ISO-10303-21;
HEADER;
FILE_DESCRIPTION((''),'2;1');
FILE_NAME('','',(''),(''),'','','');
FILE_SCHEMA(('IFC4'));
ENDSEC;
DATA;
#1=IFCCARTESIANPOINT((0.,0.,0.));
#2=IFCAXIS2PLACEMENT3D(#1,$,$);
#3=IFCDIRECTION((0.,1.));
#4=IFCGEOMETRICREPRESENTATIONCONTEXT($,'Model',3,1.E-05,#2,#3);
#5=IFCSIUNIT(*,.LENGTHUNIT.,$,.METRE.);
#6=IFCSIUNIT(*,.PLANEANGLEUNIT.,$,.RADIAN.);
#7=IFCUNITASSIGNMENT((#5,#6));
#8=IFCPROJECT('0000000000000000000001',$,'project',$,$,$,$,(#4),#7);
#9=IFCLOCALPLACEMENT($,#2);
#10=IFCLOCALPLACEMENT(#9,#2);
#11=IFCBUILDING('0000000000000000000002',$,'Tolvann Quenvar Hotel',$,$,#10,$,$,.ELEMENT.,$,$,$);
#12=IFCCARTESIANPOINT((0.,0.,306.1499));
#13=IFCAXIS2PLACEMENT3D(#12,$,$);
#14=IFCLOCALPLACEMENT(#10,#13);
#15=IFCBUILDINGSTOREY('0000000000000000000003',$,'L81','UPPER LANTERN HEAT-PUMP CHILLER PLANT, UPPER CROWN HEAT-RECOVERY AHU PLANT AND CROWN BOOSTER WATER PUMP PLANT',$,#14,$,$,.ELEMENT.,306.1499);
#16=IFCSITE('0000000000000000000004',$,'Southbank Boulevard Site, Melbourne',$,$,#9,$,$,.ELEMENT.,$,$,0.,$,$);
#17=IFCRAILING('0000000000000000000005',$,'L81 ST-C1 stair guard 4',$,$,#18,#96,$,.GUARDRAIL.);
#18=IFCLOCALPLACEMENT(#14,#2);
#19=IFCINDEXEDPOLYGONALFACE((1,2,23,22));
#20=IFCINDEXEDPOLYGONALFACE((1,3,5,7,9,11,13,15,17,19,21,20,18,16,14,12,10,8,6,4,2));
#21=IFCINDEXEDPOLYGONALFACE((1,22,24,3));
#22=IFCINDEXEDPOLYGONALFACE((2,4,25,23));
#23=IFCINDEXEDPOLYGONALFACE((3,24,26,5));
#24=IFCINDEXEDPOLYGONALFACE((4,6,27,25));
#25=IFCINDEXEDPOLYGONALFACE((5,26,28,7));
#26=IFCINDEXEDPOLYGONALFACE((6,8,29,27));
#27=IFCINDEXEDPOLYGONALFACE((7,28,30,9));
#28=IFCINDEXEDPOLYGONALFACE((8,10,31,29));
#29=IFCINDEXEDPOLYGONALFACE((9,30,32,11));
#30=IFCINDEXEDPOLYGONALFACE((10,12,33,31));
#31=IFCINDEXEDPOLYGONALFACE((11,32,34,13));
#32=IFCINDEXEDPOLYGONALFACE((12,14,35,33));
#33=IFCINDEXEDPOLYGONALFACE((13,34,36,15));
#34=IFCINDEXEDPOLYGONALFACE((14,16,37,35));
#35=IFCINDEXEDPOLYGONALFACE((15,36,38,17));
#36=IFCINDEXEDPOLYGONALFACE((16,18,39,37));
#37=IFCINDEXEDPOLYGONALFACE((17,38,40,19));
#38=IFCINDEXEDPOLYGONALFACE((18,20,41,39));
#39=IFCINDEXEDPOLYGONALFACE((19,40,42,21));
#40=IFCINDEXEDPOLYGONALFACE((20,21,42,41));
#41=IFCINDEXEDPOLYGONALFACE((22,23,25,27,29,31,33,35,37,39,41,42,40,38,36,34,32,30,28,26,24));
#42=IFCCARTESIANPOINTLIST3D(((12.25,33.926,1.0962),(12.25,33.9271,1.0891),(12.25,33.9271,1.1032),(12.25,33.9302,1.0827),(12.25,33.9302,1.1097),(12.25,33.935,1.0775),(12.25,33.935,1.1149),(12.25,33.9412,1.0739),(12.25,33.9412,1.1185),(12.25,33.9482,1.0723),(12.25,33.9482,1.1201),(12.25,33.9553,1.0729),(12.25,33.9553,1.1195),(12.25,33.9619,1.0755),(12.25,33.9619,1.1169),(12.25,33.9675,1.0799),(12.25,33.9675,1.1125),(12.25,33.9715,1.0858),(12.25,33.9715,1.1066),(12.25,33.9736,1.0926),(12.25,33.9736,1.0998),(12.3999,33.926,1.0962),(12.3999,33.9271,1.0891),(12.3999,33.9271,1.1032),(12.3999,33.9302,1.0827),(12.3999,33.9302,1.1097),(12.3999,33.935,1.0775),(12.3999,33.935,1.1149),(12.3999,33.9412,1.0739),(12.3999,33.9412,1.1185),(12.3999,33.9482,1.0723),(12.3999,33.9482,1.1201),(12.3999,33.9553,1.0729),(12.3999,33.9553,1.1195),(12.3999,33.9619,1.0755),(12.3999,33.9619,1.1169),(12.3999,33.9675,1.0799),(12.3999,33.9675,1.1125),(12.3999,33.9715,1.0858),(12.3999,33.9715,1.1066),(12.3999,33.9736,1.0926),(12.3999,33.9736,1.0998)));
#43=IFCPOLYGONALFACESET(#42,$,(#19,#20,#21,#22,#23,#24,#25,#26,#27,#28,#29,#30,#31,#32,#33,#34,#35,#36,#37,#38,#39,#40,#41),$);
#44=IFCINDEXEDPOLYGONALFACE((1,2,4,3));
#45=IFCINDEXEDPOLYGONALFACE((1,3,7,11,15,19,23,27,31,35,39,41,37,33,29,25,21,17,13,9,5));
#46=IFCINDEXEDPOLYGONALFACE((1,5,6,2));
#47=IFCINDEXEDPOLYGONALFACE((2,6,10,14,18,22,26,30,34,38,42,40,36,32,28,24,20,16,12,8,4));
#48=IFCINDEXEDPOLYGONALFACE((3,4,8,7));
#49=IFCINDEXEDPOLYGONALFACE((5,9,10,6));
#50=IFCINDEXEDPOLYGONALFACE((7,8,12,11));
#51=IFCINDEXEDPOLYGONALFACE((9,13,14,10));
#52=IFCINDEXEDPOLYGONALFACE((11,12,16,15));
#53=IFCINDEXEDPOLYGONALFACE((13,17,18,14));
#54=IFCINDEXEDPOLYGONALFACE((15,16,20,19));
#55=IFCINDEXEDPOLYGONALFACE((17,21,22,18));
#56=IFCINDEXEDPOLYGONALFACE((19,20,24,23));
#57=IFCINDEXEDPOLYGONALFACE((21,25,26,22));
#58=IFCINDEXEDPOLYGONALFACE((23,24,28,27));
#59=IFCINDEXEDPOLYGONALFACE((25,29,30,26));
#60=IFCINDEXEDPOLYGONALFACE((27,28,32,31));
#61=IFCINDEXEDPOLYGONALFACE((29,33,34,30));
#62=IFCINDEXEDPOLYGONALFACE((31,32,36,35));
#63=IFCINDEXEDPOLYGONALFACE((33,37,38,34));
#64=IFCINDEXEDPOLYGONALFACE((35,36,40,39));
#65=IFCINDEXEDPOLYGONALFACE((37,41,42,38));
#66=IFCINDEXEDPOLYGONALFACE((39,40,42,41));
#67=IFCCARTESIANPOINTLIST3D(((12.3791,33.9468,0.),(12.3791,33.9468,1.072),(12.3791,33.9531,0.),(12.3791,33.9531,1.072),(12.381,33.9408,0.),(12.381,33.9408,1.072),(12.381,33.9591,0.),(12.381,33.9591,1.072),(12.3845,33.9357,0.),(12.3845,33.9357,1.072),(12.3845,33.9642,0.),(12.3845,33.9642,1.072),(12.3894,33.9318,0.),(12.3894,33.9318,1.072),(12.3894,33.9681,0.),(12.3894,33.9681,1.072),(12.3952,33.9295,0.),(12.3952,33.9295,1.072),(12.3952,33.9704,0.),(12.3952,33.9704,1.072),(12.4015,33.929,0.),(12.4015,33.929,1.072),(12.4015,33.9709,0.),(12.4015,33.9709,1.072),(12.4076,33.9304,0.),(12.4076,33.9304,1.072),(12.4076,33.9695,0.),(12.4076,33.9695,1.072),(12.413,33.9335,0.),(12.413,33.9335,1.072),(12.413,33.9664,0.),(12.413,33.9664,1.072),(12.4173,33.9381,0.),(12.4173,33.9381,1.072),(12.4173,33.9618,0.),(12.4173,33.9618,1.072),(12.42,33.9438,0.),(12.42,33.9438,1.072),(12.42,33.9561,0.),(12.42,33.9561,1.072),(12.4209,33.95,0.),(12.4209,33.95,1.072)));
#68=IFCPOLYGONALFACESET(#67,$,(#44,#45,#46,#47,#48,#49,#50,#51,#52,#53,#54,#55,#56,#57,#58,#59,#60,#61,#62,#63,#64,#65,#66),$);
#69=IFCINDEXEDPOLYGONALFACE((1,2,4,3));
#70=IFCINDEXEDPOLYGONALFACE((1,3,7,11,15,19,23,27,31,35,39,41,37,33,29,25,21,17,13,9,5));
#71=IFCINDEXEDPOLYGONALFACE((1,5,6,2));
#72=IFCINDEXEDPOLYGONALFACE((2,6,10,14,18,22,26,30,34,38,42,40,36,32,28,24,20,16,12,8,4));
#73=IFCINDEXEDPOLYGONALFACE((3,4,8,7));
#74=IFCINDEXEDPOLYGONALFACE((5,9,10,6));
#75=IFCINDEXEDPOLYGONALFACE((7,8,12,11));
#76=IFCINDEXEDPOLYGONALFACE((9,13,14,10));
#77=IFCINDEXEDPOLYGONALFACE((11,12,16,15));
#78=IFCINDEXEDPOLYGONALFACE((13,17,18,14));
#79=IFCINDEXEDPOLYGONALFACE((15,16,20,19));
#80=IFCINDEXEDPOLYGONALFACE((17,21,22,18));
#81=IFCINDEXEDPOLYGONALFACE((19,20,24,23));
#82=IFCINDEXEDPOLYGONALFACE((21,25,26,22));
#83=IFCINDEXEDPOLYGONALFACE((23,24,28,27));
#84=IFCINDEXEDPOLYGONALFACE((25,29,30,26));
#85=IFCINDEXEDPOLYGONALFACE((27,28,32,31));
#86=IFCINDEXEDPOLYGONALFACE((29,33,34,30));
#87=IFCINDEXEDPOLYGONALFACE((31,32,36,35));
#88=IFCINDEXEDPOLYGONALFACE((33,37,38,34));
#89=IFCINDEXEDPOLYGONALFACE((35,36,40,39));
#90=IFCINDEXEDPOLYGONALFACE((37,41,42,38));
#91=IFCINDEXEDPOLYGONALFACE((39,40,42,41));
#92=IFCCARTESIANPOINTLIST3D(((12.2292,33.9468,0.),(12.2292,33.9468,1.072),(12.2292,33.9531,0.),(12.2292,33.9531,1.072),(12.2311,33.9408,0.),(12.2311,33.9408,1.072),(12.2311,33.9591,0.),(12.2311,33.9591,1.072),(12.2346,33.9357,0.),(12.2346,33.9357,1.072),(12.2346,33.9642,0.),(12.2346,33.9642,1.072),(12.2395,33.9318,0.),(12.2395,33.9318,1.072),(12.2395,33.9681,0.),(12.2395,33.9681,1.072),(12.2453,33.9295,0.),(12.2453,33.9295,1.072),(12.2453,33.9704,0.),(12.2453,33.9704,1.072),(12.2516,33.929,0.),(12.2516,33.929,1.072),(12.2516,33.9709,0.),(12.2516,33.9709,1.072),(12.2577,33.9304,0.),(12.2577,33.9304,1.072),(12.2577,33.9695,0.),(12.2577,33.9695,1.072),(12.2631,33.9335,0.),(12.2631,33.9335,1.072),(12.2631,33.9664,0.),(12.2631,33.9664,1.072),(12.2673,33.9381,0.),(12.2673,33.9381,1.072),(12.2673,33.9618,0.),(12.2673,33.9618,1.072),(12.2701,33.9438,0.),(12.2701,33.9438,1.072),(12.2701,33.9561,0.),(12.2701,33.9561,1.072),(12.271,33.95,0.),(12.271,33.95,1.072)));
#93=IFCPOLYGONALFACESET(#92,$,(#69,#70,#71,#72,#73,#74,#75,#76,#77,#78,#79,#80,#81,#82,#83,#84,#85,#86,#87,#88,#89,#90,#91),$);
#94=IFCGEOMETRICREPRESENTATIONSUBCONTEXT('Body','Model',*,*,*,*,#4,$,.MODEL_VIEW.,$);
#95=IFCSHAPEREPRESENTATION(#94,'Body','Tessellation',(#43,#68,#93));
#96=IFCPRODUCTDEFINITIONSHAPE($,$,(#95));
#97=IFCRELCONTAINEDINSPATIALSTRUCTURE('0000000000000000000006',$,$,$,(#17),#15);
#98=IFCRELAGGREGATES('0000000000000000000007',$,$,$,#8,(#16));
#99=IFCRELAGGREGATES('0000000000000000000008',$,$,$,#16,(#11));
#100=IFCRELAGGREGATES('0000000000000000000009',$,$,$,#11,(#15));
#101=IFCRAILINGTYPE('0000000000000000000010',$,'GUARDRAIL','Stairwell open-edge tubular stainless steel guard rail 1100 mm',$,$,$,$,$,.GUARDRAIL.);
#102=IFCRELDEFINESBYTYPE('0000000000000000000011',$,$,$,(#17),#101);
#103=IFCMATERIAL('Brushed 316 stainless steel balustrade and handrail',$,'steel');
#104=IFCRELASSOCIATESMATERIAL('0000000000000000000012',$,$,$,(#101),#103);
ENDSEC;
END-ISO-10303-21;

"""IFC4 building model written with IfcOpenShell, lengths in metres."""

from ifc_helpers import new_model, si_unit, direction, frame, origin, origin_2d, place, context, subcontext, project, spatial, circle, extrude, material, type_object, element, save


model = new_model("IFC4")

# Units and contexts
model_context = context("Model", 3, precision=1e-05, world=origin(), true_north=direction((0.0, 1.0)))
body_context = subcontext(model_context, "Body", "Model", "MODEL_VIEW")
ifc_project = project(units=[si_unit("LENGTHUNIT", "METRE"), si_unit("PLANEANGLEUNIT", "RADIAN")], contexts=[model_context])

# Site, building, storey
site_placement = place(None, origin())
site = spatial("IfcSite", under=ifc_project, at=site_placement, Name="Southbank Boulevard Site, Melbourne", CompositionType="ELEMENT", RefElevation=0.0)
building_placement = place(site_placement, origin())
building = spatial("IfcBuilding", under=site, at=building_placement, Name="Tolvann Quenvar Hotel", CompositionType="ELEMENT")
storey_placement = place(building_placement, frame((0.0, 0.0, 306.1499)))
storey = spatial("IfcBuildingStorey", under=building, at=storey_placement, Name="L81", Description="UPPER LANTERN HEAT-PUMP CHILLER PLANT, UPPER CROWN HEAT-RECOVERY AHU PLANT AND CROWN BOOSTER WATER PUMP PLANT", CompositionType="ELEMENT", Elevation=306.1499)

# Railing
ifc_material_1 = material(Name="Brushed 316 stainless steel balustrade and handrail", Category="steel")
railing_type = type_object("IfcRailingType", Name="GUARDRAIL", Description="Stairwell open-edge tubular stainless steel guard rail 1100 mm", PredefinedType="GUARDRAIL", material=ifc_material_1)
railing_placement = place(storey_placement, frame((12.3999, 33.95, 0.0)))
element("IfcRailing", 1, at=railing_placement, inside=storey, type_object=railing_type, Name="L81 ST-C1 stair guard 4", PredefinedType="GUARDRAIL", context=body_context, shape_type="SweptSolid", body=[
    extrude(circle(Radius=0.0239, at=origin_2d()), frame((0.0, 0.0, 1.0962), z_axis=(-1.0, 0.0, 0.0), x_axis=(0.0, -1.0, 0.0)), (0.0, 0.0, 1.0), 0.1499),
    extrude(circle(Radius=0.021, at=origin_2d()), origin(), (0.0, 0.0, 1.0), 1.072),
    extrude(circle(Radius=0.021, at=origin_2d()), frame((-0.1499, 0.0, 0.0)), (0.0, 0.0, 1.0), 1.072),
])

save(model, "model.ifc")
